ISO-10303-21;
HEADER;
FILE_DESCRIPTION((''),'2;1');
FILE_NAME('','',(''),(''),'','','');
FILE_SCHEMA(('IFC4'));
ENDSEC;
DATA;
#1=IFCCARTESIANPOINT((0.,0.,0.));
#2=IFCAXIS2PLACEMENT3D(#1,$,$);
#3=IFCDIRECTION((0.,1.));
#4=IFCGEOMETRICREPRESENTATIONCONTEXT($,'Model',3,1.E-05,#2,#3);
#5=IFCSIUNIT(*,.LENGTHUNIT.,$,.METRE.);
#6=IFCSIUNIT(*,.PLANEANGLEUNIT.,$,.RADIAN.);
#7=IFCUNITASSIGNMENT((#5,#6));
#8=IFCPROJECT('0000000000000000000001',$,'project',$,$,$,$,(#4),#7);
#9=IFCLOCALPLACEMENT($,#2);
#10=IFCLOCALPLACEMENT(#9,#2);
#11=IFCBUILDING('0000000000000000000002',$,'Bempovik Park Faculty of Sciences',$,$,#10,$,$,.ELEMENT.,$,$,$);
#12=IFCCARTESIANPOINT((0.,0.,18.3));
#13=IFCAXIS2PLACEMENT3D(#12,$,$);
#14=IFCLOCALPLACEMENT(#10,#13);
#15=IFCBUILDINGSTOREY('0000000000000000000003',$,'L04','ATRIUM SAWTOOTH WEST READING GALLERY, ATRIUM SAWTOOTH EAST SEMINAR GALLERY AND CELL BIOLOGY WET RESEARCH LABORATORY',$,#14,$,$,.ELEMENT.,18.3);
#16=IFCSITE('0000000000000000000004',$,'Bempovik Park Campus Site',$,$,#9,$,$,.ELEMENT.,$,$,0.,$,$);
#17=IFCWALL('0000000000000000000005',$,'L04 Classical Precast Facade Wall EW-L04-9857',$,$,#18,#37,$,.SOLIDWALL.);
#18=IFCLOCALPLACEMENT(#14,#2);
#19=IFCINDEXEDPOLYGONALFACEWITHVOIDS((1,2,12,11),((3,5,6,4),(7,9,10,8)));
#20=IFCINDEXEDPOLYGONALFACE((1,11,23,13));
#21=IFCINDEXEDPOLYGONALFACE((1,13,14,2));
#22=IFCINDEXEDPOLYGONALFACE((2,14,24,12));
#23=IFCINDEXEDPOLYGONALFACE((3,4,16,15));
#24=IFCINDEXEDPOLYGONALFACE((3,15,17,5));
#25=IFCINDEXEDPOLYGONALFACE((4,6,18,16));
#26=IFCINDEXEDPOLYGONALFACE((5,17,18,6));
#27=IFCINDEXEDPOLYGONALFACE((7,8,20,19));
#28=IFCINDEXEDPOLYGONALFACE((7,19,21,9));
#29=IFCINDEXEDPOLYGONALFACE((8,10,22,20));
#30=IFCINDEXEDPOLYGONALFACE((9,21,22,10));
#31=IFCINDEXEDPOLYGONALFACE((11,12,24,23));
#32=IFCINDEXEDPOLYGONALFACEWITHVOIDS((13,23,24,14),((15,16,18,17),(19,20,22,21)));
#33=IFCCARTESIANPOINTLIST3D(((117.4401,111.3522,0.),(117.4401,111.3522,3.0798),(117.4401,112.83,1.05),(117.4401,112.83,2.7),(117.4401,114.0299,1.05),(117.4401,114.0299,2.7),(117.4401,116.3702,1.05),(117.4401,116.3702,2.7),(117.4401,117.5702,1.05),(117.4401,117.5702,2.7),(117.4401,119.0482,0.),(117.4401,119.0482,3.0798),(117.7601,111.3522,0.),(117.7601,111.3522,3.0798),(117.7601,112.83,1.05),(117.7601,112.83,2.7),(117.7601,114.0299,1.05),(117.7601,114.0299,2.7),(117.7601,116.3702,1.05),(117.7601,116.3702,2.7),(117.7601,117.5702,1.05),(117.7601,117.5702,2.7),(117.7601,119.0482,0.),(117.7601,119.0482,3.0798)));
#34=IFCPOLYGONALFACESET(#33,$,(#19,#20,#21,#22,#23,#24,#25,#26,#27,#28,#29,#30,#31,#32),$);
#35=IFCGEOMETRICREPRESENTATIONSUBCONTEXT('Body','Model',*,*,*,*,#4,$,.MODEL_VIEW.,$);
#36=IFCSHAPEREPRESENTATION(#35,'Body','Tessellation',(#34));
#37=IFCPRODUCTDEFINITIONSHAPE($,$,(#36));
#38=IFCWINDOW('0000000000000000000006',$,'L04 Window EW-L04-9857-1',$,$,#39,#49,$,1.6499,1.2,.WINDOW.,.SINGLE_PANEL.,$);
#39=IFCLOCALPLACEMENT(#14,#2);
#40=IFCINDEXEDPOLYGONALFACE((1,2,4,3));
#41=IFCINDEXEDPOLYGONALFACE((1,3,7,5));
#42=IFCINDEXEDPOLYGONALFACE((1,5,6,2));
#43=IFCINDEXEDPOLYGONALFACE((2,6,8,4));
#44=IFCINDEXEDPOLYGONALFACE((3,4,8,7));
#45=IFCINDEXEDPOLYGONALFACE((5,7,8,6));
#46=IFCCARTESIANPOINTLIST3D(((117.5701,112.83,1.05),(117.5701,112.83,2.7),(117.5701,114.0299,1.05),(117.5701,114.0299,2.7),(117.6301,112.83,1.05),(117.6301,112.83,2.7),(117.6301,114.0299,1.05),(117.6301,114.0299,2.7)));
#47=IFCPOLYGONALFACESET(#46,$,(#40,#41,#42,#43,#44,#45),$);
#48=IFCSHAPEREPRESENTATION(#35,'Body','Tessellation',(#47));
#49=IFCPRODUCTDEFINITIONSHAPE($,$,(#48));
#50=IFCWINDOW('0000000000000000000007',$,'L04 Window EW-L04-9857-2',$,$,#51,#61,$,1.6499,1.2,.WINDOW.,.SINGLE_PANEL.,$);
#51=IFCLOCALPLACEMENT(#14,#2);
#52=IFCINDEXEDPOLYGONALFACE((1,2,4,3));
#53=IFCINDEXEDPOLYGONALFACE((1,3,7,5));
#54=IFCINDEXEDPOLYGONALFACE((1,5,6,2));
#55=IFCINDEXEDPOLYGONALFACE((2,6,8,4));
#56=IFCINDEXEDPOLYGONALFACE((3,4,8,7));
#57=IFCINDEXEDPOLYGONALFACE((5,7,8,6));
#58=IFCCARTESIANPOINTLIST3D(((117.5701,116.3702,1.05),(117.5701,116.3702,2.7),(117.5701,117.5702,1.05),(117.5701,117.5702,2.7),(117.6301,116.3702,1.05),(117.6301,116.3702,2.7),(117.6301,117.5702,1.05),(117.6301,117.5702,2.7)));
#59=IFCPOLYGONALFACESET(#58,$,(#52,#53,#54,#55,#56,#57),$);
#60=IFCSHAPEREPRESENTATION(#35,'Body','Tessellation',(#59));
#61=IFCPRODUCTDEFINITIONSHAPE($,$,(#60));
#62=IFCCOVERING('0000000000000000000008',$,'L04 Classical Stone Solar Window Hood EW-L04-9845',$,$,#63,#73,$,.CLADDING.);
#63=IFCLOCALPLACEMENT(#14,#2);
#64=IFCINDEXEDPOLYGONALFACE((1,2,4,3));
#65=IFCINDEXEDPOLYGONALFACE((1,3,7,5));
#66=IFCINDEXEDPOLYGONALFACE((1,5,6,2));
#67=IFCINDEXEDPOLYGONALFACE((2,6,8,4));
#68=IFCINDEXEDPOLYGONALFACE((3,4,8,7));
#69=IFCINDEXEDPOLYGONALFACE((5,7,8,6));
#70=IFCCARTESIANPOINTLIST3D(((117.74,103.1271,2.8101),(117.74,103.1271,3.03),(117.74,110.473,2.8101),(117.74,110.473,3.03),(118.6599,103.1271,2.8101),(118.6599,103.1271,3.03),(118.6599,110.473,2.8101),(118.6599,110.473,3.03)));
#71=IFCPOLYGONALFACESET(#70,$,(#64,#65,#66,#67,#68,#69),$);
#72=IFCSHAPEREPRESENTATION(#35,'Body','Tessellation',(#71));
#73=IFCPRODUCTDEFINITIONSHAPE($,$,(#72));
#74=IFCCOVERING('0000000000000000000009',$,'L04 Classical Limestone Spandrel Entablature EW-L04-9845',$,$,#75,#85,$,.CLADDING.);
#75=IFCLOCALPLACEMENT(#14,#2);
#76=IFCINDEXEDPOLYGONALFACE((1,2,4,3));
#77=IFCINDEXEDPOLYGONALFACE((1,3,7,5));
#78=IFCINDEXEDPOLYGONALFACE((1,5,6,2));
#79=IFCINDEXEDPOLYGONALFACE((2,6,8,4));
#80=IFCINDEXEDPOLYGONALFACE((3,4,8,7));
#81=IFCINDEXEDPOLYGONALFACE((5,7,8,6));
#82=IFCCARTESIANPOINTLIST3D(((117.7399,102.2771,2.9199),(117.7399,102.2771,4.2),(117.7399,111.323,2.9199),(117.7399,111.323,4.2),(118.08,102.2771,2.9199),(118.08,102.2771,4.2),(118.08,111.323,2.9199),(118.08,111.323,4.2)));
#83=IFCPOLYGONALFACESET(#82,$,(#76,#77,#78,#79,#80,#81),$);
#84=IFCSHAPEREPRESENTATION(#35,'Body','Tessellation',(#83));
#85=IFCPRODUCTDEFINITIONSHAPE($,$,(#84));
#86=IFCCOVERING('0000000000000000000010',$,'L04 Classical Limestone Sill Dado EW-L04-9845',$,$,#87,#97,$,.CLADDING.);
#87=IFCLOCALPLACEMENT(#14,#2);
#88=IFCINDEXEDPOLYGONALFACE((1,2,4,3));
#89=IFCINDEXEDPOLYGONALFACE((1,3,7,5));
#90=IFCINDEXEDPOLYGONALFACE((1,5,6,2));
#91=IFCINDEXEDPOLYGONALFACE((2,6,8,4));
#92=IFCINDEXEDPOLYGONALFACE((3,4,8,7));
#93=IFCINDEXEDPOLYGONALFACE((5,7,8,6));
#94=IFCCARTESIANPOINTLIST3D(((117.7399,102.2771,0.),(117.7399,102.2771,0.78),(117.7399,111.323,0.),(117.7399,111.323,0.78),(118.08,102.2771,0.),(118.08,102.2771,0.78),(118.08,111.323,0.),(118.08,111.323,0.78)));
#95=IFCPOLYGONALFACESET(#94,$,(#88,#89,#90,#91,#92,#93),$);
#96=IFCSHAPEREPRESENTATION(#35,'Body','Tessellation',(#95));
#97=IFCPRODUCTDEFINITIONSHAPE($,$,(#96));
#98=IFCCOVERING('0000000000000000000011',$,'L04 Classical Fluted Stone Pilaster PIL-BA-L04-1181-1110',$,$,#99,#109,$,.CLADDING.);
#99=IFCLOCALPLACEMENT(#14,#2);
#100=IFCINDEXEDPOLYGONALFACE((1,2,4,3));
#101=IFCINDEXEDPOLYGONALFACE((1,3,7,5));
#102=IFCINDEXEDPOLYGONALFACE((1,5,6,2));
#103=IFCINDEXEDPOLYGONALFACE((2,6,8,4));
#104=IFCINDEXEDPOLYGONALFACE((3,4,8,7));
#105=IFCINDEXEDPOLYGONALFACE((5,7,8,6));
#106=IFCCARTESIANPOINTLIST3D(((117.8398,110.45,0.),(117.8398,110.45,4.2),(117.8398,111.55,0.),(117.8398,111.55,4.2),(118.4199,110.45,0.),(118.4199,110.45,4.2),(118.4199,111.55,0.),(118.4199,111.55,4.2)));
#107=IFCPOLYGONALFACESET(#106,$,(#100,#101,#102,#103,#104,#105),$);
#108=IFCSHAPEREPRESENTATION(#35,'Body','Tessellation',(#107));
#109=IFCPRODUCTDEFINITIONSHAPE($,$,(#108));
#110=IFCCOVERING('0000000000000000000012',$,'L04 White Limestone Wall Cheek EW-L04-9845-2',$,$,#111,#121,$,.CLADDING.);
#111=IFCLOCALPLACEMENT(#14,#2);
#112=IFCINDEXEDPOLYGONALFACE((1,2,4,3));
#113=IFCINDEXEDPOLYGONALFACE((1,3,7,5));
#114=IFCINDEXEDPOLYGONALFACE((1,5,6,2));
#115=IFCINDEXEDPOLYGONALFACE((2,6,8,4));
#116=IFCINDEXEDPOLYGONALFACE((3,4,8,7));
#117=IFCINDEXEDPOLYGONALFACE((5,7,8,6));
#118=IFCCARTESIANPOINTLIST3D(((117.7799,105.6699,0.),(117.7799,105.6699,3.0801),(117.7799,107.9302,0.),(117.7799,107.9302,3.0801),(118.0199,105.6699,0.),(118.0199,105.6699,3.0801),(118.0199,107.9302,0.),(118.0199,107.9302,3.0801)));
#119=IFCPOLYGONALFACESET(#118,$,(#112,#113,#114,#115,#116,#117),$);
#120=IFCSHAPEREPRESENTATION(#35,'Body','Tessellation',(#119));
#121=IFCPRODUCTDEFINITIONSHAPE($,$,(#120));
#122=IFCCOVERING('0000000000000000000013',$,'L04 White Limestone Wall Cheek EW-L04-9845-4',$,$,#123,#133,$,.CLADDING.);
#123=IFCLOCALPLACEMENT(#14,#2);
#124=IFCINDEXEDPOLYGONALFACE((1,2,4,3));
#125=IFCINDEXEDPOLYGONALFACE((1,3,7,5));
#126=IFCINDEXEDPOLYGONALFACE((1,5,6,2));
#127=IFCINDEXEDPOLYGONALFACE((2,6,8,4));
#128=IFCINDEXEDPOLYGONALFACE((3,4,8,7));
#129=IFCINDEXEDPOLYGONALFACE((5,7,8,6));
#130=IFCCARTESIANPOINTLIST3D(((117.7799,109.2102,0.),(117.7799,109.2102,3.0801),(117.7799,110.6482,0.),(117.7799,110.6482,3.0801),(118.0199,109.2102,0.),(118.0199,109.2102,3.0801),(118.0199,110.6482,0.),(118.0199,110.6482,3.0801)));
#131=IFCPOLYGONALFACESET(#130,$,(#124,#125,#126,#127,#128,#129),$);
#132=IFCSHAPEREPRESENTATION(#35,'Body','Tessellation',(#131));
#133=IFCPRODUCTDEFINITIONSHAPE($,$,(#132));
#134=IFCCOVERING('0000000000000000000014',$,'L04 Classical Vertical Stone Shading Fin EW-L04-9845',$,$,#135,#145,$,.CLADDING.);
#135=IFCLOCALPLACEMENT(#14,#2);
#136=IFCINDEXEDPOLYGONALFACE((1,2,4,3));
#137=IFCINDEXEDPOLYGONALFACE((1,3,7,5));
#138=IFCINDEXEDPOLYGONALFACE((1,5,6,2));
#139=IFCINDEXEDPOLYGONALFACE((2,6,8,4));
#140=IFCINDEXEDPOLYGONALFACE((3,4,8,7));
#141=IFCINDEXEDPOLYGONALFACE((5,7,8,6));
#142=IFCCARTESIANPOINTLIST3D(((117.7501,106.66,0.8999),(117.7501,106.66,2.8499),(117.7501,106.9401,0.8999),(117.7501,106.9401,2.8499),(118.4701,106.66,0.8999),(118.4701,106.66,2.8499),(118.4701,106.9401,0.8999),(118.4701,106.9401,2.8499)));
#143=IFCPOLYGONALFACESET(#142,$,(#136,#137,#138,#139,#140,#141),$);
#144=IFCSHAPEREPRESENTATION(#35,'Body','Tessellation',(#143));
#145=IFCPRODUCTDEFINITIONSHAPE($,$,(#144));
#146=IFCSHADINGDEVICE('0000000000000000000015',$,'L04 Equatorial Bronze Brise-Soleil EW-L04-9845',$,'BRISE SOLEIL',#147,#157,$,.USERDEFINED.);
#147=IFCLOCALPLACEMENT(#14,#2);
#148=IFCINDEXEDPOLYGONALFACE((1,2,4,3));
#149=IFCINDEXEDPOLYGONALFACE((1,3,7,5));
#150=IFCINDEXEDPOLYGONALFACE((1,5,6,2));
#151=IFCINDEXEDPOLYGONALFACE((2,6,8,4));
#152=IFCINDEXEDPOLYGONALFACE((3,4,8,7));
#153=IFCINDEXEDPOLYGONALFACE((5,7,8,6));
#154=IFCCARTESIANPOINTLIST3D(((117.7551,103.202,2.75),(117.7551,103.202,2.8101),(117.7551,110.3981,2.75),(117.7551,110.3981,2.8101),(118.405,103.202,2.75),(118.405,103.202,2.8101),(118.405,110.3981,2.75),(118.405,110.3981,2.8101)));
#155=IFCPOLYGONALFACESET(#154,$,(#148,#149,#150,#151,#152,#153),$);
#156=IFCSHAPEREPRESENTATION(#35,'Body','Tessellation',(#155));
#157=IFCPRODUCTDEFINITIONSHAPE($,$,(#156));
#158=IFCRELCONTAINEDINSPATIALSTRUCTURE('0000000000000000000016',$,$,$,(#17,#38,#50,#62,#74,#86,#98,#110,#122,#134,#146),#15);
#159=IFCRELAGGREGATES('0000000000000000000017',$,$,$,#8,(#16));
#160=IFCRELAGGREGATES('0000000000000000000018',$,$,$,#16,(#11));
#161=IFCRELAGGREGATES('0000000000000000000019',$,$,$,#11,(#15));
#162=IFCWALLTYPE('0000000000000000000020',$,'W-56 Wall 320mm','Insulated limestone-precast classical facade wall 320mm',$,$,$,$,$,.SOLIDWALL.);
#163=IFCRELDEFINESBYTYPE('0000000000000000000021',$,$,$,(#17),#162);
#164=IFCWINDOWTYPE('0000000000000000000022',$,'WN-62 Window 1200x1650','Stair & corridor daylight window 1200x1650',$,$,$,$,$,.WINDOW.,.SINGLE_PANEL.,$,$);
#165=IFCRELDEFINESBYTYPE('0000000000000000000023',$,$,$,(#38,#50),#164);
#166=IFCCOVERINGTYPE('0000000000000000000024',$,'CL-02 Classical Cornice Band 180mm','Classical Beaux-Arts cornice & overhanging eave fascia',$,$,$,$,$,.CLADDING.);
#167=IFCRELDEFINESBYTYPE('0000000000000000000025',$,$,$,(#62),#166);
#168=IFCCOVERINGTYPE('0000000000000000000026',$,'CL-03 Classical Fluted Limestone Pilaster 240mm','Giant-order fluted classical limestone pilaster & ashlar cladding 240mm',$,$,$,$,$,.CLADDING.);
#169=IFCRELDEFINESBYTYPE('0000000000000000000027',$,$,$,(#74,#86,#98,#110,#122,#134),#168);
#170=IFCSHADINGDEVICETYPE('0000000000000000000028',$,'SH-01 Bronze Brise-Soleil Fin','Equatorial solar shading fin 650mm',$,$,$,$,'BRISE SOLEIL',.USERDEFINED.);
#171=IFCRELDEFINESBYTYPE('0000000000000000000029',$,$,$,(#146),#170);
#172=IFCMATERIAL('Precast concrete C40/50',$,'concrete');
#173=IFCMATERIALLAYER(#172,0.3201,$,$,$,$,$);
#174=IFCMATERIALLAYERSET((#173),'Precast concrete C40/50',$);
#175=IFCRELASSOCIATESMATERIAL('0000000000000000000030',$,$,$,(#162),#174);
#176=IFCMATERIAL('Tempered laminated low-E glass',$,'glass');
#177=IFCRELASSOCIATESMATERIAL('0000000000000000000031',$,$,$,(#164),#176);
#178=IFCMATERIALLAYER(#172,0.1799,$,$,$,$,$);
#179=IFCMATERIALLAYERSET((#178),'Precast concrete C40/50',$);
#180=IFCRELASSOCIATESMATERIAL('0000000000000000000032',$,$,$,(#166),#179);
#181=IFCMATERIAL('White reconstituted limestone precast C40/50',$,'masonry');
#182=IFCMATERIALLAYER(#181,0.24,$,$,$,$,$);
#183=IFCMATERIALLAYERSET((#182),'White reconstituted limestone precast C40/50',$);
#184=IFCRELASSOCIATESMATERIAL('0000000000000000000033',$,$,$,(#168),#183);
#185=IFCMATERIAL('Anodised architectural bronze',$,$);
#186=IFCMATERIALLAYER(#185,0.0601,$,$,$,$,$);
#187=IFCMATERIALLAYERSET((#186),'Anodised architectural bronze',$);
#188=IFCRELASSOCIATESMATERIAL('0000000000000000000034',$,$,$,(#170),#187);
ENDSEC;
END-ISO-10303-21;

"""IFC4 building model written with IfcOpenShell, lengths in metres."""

from ifc_helpers import new_model, si_unit, direction, frame, frame_2d, origin, origin_2d, place, context, subcontext, project, spatial, rectangle, extrude, material, layer, layer_set, type_object, element, fill, save


model = new_model("IFC4")

# Units and contexts
model_context = context("Model", 3, precision=1e-05, world=origin(), true_north=direction((0.0, 1.0)))
body_context = subcontext(model_context, "Body", "Model", "MODEL_VIEW")
ifc_project = project(units=[si_unit("LENGTHUNIT", "METRE"), si_unit("PLANEANGLEUNIT", "RADIAN")], contexts=[model_context])

# Site, building, storey
site_placement = place(None, origin())
site = spatial("IfcSite", under=ifc_project, at=site_placement, Name="Bempovik Park Campus Site", CompositionType="ELEMENT", RefElevation=0.0)
building_placement = place(site_placement, origin())
building = spatial("IfcBuilding", under=site, at=building_placement, Name="Bempovik Park Faculty of Sciences", CompositionType="ELEMENT")
storey_placement = place(building_placement, frame((0.0, 0.0, 18.3)))
storey = spatial("IfcBuildingStorey", under=building, at=storey_placement, Name="L04", Description="ATRIUM SAWTOOTH WEST READING GALLERY, ATRIUM SAWTOOTH EAST SEMINAR GALLERY AND CELL BIOLOGY WET RESEARCH LABORATORY", CompositionType="ELEMENT", Elevation=18.3)

# Wall, openings, windows
ifc_material_1 = material(Name="Precast concrete C40/50", Category="concrete")
ifc_layer_1 = layer(ifc_material_1, 0.3201)
ifc_layer_set_1 = layer_set([ifc_layer_1], Name="Precast concrete C40/50")
wall_type_1 = type_object("IfcWallType", Name="W-56 Wall 320mm", Description="Insulated limestone-precast classical facade wall 320mm", PredefinedType="SOLIDWALL", material=ifc_layer_set_1)
wall_1_placement = place(storey_placement, frame((117.6001, 111.3521, 0.0), z_axis=(0.0, 0.0, 1.0), x_axis=(0.0, 1.0, 0.0)))
wall_1 = element("IfcWall", 1, at=wall_1_placement, inside=storey, type_object=wall_type_1, Name="L04 Classical Precast Facade Wall EW-L04-9857", PredefinedType="SOLIDWALL", context=body_context, shape_type="SweptSolid", body=[
    extrude(rectangle(XDim=7.696, YDim=0.3201, at=frame_2d((3.8481, 0.0))), origin(), (0.0, 0.0, 1.0), 3.0798),
])
opening_1_placement = place(wall_1_placement, frame((1.4778, 0.0, 1.05)))
opening_1 = element("IfcOpeningElement", 2, at=opening_1_placement, cuts=wall_1, PredefinedType="OPENING", context=body_context, shape_type="SweptSolid", body=[
    extrude(rectangle(XDim=1.2, YDim=1.6499, at=frame_2d((0.6001, 0.825))), frame((0.0, 0.1699, 0.0), z_axis=(0.0, -1.0, 0.0), x_axis=(1.0, 0.0, 0.0)), (0.0, 0.0, 1.0), 0.3401),
])
opening_2_placement = place(wall_1_placement, frame((5.0181, 0.0, 1.05)))
opening_2 = element("IfcOpeningElement", 3, at=opening_2_placement, cuts=wall_1, PredefinedType="OPENING", context=body_context, shape_type="SweptSolid", body=[
    extrude(rectangle(XDim=1.2, YDim=1.6499, at=frame_2d((0.6001, 0.825))), frame((0.0, 0.1699, 0.0), z_axis=(0.0, -1.0, 0.0), x_axis=(1.0, 0.0, 0.0)), (0.0, 0.0, 1.0), 0.3401),
])
ifc_material_2 = material(Name="Tempered laminated low-E glass", Category="glass")
window_type = type_object("IfcWindowType", Name="WN-62 Window 1200x1650", Description="Stair & corridor daylight window 1200x1650", PartitioningType="SINGLE_PANEL", PredefinedType="WINDOW", material=ifc_material_2)
window_1_placement = place(opening_1_placement, origin())
window_1 = element("IfcWindow", 4, at=window_1_placement, inside=storey, type_object=window_type, Name="L04 Window EW-L04-9857-1", OverallHeight=1.6499, OverallWidth=1.2, PartitioningType="SINGLE_PANEL", PredefinedType="WINDOW", context=body_context, shape_type="SweptSolid", body=[
    extrude(rectangle(XDim=1.2, YDim=1.6499, at=frame_2d((0.6001, 0.825))), frame((0.0, 0.03, 0.0), z_axis=(0.0, -1.0, 0.0), x_axis=(1.0, 0.0, 0.0)), (0.0, 0.0, 1.0), 0.0601),
])
fill(opening_1, window_1)
window_2_placement = place(opening_2_placement, origin())
window_2 = element("IfcWindow", 5, at=window_2_placement, inside=storey, type_object=window_type, Name="L04 Window EW-L04-9857-2", OverallHeight=1.6499, OverallWidth=1.2, PartitioningType="SINGLE_PANEL", PredefinedType="WINDOW", context=body_context, shape_type="SweptSolid", body=[
    extrude(rectangle(XDim=1.2, YDim=1.6499, at=frame_2d((0.6001, 0.825))), frame((0.0, 0.03, 0.0), z_axis=(0.0, -1.0, 0.0), x_axis=(1.0, 0.0, 0.0)), (0.0, 0.0, 1.0), 0.0601),
])
fill(opening_2, window_2)

# Coverings
ifc_layer_2 = layer(ifc_material_1, 0.1799)
ifc_layer_set_2 = layer_set([ifc_layer_2], Name="Precast concrete C40/50")
covering_type_1 = type_object("IfcCoveringType", Name="CL-02 Classical Cornice Band 180mm", Description="Classical Beaux-Arts cornice & overhanging eave fascia", PredefinedType="CLADDING", material=ifc_layer_set_2)
covering_1_placement = place(storey_placement, frame((118.2, 106.8, 2.8101), z_axis=(0.0, 0.0, 1.0), x_axis=(1.0, 0.0, 0.0)))
element("IfcCovering", 6, at=covering_1_placement, inside=storey, type_object=covering_type_1, Name="L04 Classical Stone Solar Window Hood EW-L04-9845", PredefinedType="CLADDING", context=body_context, shape_type="SweptSolid", body=[
    extrude(rectangle(XDim=0.9199, YDim=7.3459, at=origin_2d()), origin(), (0.0, 0.0, 1.0), 0.22),
])
ifc_material_3 = material(Name="White reconstituted limestone precast C40/50", Category="masonry")
ifc_layer_3 = layer(ifc_material_3, 0.24)
ifc_layer_set_3 = layer_set([ifc_layer_3], Name="White reconstituted limestone precast C40/50")
covering_type_2 = type_object("IfcCoveringType", Name="CL-03 Classical Fluted Limestone Pilaster 240mm", Description="Giant-order fluted classical limestone pilaster & ashlar cladding 240mm", PredefinedType="CLADDING", material=ifc_layer_set_3)
covering_2_placement = place(storey_placement, frame((117.9099, 106.8, 2.9199), z_axis=(0.0, 0.0, 1.0), x_axis=(1.0, 0.0, 0.0)))
element("IfcCovering", 7, at=covering_2_placement, inside=storey, type_object=covering_type_2, Name="L04 Classical Limestone Spandrel Entablature EW-L04-9845", PredefinedType="CLADDING", context=body_context, shape_type="SweptSolid", body=[
    extrude(rectangle(XDim=0.3401, YDim=9.0459, at=origin_2d()), origin(), (0.0, 0.0, 1.0), 1.28),
])
covering_3_placement = place(storey_placement, frame((117.9099, 106.8, 0.0), z_axis=(0.0, 0.0, 1.0), x_axis=(1.0, 0.0, 0.0)))
element("IfcCovering", 8, at=covering_3_placement, inside=storey, type_object=covering_type_2, Name="L04 Classical Limestone Sill Dado EW-L04-9845", PredefinedType="CLADDING", context=body_context, shape_type="SweptSolid", body=[
    extrude(rectangle(XDim=0.3401, YDim=9.0459, at=origin_2d()), origin(), (0.0, 0.0, 1.0), 0.78),
])
covering_4_placement = place(storey_placement, frame((118.1299, 111.0, 0.0), z_axis=(0.0, 0.0, 1.0), x_axis=(1.0, 0.0, 0.0)))
element("IfcCovering", 9, at=covering_4_placement, inside=storey, type_object=covering_type_2, Name="L04 Classical Fluted Stone Pilaster PIL-BA-L04-1181-1110", PredefinedType="CLADDING", context=body_context, shape_type="SweptSolid", body=[
    extrude(rectangle(XDim=0.5801, YDim=1.1001, at=origin_2d()), origin(), (0.0, 0.0, 1.0), 4.2),
])
covering_5_placement = place(storey_placement, frame((117.8999, 106.8, 0.0), z_axis=(0.0, 0.0, 1.0), x_axis=(1.0, 0.0, 0.0)))
element("IfcCovering", 10, at=covering_5_placement, inside=storey, type_object=covering_type_2, Name="L04 White Limestone Wall Cheek EW-L04-9845-2", PredefinedType="CLADDING", context=body_context, shape_type="SweptSolid", body=[
    extrude(rectangle(XDim=0.24, YDim=2.2603, at=origin_2d()), origin(), (0.0, 0.0, 1.0), 3.0801),
])
covering_6_placement = place(storey_placement, frame((117.8999, 109.9292, 0.0), z_axis=(0.0, 0.0, 1.0), x_axis=(1.0, 0.0, 0.0)))
element("IfcCovering", 11, at=covering_6_placement, inside=storey, type_object=covering_type_2, Name="L04 White Limestone Wall Cheek EW-L04-9845-4", PredefinedType="CLADDING", context=body_context, shape_type="SweptSolid", body=[
    extrude(rectangle(XDim=0.24, YDim=1.438, at=origin_2d()), origin(), (0.0, 0.0, 1.0), 3.0801),
])
covering_7_placement = place(storey_placement, frame((118.1101, 106.8, 0.8999), z_axis=(0.0, 0.0, 1.0), x_axis=(1.0, 0.0, 0.0)))
element("IfcCovering", 12, at=covering_7_placement, inside=storey, type_object=covering_type_2, Name="L04 Classical Vertical Stone Shading Fin EW-L04-9845", PredefinedType="CLADDING", context=body_context, shape_type="SweptSolid", body=[
    extrude(rectangle(XDim=0.72, YDim=0.28, at=origin_2d()), origin(), (0.0, 0.0, 1.0), 1.95),
])

# Shading device
ifc_material_4 = material(Name="Anodised architectural bronze")
ifc_layer_4 = layer(ifc_material_4, 0.0601)
ifc_layer_set_4 = layer_set([ifc_layer_4], Name="Anodised architectural bronze")
shading_device_type = type_object("IfcShadingDeviceType", Name="SH-01 Bronze Brise-Soleil Fin", Description="Equatorial solar shading fin 650mm", ElementType="BRISE SOLEIL", PredefinedType="USERDEFINED", material=ifc_layer_set_4)
shading_device_placement = place(storey_placement, frame((118.0801, 106.8, 2.75), z_axis=(0.0, 0.0, 1.0), x_axis=(1.0, 0.0, 0.0)))
element("IfcShadingDevice", 13, at=shading_device_placement, inside=storey, type_object=shading_device_type, Name="L04 Equatorial Bronze Brise-Soleil EW-L04-9845", ObjectType="BRISE SOLEIL", PredefinedType="USERDEFINED", context=body_context, shape_type="SweptSolid", body=[
    extrude(rectangle(XDim=0.6499, YDim=7.196, at=origin_2d()), origin(), (0.0, 0.0, 1.0), 0.0601),
])

save(model, "model.ifc")
